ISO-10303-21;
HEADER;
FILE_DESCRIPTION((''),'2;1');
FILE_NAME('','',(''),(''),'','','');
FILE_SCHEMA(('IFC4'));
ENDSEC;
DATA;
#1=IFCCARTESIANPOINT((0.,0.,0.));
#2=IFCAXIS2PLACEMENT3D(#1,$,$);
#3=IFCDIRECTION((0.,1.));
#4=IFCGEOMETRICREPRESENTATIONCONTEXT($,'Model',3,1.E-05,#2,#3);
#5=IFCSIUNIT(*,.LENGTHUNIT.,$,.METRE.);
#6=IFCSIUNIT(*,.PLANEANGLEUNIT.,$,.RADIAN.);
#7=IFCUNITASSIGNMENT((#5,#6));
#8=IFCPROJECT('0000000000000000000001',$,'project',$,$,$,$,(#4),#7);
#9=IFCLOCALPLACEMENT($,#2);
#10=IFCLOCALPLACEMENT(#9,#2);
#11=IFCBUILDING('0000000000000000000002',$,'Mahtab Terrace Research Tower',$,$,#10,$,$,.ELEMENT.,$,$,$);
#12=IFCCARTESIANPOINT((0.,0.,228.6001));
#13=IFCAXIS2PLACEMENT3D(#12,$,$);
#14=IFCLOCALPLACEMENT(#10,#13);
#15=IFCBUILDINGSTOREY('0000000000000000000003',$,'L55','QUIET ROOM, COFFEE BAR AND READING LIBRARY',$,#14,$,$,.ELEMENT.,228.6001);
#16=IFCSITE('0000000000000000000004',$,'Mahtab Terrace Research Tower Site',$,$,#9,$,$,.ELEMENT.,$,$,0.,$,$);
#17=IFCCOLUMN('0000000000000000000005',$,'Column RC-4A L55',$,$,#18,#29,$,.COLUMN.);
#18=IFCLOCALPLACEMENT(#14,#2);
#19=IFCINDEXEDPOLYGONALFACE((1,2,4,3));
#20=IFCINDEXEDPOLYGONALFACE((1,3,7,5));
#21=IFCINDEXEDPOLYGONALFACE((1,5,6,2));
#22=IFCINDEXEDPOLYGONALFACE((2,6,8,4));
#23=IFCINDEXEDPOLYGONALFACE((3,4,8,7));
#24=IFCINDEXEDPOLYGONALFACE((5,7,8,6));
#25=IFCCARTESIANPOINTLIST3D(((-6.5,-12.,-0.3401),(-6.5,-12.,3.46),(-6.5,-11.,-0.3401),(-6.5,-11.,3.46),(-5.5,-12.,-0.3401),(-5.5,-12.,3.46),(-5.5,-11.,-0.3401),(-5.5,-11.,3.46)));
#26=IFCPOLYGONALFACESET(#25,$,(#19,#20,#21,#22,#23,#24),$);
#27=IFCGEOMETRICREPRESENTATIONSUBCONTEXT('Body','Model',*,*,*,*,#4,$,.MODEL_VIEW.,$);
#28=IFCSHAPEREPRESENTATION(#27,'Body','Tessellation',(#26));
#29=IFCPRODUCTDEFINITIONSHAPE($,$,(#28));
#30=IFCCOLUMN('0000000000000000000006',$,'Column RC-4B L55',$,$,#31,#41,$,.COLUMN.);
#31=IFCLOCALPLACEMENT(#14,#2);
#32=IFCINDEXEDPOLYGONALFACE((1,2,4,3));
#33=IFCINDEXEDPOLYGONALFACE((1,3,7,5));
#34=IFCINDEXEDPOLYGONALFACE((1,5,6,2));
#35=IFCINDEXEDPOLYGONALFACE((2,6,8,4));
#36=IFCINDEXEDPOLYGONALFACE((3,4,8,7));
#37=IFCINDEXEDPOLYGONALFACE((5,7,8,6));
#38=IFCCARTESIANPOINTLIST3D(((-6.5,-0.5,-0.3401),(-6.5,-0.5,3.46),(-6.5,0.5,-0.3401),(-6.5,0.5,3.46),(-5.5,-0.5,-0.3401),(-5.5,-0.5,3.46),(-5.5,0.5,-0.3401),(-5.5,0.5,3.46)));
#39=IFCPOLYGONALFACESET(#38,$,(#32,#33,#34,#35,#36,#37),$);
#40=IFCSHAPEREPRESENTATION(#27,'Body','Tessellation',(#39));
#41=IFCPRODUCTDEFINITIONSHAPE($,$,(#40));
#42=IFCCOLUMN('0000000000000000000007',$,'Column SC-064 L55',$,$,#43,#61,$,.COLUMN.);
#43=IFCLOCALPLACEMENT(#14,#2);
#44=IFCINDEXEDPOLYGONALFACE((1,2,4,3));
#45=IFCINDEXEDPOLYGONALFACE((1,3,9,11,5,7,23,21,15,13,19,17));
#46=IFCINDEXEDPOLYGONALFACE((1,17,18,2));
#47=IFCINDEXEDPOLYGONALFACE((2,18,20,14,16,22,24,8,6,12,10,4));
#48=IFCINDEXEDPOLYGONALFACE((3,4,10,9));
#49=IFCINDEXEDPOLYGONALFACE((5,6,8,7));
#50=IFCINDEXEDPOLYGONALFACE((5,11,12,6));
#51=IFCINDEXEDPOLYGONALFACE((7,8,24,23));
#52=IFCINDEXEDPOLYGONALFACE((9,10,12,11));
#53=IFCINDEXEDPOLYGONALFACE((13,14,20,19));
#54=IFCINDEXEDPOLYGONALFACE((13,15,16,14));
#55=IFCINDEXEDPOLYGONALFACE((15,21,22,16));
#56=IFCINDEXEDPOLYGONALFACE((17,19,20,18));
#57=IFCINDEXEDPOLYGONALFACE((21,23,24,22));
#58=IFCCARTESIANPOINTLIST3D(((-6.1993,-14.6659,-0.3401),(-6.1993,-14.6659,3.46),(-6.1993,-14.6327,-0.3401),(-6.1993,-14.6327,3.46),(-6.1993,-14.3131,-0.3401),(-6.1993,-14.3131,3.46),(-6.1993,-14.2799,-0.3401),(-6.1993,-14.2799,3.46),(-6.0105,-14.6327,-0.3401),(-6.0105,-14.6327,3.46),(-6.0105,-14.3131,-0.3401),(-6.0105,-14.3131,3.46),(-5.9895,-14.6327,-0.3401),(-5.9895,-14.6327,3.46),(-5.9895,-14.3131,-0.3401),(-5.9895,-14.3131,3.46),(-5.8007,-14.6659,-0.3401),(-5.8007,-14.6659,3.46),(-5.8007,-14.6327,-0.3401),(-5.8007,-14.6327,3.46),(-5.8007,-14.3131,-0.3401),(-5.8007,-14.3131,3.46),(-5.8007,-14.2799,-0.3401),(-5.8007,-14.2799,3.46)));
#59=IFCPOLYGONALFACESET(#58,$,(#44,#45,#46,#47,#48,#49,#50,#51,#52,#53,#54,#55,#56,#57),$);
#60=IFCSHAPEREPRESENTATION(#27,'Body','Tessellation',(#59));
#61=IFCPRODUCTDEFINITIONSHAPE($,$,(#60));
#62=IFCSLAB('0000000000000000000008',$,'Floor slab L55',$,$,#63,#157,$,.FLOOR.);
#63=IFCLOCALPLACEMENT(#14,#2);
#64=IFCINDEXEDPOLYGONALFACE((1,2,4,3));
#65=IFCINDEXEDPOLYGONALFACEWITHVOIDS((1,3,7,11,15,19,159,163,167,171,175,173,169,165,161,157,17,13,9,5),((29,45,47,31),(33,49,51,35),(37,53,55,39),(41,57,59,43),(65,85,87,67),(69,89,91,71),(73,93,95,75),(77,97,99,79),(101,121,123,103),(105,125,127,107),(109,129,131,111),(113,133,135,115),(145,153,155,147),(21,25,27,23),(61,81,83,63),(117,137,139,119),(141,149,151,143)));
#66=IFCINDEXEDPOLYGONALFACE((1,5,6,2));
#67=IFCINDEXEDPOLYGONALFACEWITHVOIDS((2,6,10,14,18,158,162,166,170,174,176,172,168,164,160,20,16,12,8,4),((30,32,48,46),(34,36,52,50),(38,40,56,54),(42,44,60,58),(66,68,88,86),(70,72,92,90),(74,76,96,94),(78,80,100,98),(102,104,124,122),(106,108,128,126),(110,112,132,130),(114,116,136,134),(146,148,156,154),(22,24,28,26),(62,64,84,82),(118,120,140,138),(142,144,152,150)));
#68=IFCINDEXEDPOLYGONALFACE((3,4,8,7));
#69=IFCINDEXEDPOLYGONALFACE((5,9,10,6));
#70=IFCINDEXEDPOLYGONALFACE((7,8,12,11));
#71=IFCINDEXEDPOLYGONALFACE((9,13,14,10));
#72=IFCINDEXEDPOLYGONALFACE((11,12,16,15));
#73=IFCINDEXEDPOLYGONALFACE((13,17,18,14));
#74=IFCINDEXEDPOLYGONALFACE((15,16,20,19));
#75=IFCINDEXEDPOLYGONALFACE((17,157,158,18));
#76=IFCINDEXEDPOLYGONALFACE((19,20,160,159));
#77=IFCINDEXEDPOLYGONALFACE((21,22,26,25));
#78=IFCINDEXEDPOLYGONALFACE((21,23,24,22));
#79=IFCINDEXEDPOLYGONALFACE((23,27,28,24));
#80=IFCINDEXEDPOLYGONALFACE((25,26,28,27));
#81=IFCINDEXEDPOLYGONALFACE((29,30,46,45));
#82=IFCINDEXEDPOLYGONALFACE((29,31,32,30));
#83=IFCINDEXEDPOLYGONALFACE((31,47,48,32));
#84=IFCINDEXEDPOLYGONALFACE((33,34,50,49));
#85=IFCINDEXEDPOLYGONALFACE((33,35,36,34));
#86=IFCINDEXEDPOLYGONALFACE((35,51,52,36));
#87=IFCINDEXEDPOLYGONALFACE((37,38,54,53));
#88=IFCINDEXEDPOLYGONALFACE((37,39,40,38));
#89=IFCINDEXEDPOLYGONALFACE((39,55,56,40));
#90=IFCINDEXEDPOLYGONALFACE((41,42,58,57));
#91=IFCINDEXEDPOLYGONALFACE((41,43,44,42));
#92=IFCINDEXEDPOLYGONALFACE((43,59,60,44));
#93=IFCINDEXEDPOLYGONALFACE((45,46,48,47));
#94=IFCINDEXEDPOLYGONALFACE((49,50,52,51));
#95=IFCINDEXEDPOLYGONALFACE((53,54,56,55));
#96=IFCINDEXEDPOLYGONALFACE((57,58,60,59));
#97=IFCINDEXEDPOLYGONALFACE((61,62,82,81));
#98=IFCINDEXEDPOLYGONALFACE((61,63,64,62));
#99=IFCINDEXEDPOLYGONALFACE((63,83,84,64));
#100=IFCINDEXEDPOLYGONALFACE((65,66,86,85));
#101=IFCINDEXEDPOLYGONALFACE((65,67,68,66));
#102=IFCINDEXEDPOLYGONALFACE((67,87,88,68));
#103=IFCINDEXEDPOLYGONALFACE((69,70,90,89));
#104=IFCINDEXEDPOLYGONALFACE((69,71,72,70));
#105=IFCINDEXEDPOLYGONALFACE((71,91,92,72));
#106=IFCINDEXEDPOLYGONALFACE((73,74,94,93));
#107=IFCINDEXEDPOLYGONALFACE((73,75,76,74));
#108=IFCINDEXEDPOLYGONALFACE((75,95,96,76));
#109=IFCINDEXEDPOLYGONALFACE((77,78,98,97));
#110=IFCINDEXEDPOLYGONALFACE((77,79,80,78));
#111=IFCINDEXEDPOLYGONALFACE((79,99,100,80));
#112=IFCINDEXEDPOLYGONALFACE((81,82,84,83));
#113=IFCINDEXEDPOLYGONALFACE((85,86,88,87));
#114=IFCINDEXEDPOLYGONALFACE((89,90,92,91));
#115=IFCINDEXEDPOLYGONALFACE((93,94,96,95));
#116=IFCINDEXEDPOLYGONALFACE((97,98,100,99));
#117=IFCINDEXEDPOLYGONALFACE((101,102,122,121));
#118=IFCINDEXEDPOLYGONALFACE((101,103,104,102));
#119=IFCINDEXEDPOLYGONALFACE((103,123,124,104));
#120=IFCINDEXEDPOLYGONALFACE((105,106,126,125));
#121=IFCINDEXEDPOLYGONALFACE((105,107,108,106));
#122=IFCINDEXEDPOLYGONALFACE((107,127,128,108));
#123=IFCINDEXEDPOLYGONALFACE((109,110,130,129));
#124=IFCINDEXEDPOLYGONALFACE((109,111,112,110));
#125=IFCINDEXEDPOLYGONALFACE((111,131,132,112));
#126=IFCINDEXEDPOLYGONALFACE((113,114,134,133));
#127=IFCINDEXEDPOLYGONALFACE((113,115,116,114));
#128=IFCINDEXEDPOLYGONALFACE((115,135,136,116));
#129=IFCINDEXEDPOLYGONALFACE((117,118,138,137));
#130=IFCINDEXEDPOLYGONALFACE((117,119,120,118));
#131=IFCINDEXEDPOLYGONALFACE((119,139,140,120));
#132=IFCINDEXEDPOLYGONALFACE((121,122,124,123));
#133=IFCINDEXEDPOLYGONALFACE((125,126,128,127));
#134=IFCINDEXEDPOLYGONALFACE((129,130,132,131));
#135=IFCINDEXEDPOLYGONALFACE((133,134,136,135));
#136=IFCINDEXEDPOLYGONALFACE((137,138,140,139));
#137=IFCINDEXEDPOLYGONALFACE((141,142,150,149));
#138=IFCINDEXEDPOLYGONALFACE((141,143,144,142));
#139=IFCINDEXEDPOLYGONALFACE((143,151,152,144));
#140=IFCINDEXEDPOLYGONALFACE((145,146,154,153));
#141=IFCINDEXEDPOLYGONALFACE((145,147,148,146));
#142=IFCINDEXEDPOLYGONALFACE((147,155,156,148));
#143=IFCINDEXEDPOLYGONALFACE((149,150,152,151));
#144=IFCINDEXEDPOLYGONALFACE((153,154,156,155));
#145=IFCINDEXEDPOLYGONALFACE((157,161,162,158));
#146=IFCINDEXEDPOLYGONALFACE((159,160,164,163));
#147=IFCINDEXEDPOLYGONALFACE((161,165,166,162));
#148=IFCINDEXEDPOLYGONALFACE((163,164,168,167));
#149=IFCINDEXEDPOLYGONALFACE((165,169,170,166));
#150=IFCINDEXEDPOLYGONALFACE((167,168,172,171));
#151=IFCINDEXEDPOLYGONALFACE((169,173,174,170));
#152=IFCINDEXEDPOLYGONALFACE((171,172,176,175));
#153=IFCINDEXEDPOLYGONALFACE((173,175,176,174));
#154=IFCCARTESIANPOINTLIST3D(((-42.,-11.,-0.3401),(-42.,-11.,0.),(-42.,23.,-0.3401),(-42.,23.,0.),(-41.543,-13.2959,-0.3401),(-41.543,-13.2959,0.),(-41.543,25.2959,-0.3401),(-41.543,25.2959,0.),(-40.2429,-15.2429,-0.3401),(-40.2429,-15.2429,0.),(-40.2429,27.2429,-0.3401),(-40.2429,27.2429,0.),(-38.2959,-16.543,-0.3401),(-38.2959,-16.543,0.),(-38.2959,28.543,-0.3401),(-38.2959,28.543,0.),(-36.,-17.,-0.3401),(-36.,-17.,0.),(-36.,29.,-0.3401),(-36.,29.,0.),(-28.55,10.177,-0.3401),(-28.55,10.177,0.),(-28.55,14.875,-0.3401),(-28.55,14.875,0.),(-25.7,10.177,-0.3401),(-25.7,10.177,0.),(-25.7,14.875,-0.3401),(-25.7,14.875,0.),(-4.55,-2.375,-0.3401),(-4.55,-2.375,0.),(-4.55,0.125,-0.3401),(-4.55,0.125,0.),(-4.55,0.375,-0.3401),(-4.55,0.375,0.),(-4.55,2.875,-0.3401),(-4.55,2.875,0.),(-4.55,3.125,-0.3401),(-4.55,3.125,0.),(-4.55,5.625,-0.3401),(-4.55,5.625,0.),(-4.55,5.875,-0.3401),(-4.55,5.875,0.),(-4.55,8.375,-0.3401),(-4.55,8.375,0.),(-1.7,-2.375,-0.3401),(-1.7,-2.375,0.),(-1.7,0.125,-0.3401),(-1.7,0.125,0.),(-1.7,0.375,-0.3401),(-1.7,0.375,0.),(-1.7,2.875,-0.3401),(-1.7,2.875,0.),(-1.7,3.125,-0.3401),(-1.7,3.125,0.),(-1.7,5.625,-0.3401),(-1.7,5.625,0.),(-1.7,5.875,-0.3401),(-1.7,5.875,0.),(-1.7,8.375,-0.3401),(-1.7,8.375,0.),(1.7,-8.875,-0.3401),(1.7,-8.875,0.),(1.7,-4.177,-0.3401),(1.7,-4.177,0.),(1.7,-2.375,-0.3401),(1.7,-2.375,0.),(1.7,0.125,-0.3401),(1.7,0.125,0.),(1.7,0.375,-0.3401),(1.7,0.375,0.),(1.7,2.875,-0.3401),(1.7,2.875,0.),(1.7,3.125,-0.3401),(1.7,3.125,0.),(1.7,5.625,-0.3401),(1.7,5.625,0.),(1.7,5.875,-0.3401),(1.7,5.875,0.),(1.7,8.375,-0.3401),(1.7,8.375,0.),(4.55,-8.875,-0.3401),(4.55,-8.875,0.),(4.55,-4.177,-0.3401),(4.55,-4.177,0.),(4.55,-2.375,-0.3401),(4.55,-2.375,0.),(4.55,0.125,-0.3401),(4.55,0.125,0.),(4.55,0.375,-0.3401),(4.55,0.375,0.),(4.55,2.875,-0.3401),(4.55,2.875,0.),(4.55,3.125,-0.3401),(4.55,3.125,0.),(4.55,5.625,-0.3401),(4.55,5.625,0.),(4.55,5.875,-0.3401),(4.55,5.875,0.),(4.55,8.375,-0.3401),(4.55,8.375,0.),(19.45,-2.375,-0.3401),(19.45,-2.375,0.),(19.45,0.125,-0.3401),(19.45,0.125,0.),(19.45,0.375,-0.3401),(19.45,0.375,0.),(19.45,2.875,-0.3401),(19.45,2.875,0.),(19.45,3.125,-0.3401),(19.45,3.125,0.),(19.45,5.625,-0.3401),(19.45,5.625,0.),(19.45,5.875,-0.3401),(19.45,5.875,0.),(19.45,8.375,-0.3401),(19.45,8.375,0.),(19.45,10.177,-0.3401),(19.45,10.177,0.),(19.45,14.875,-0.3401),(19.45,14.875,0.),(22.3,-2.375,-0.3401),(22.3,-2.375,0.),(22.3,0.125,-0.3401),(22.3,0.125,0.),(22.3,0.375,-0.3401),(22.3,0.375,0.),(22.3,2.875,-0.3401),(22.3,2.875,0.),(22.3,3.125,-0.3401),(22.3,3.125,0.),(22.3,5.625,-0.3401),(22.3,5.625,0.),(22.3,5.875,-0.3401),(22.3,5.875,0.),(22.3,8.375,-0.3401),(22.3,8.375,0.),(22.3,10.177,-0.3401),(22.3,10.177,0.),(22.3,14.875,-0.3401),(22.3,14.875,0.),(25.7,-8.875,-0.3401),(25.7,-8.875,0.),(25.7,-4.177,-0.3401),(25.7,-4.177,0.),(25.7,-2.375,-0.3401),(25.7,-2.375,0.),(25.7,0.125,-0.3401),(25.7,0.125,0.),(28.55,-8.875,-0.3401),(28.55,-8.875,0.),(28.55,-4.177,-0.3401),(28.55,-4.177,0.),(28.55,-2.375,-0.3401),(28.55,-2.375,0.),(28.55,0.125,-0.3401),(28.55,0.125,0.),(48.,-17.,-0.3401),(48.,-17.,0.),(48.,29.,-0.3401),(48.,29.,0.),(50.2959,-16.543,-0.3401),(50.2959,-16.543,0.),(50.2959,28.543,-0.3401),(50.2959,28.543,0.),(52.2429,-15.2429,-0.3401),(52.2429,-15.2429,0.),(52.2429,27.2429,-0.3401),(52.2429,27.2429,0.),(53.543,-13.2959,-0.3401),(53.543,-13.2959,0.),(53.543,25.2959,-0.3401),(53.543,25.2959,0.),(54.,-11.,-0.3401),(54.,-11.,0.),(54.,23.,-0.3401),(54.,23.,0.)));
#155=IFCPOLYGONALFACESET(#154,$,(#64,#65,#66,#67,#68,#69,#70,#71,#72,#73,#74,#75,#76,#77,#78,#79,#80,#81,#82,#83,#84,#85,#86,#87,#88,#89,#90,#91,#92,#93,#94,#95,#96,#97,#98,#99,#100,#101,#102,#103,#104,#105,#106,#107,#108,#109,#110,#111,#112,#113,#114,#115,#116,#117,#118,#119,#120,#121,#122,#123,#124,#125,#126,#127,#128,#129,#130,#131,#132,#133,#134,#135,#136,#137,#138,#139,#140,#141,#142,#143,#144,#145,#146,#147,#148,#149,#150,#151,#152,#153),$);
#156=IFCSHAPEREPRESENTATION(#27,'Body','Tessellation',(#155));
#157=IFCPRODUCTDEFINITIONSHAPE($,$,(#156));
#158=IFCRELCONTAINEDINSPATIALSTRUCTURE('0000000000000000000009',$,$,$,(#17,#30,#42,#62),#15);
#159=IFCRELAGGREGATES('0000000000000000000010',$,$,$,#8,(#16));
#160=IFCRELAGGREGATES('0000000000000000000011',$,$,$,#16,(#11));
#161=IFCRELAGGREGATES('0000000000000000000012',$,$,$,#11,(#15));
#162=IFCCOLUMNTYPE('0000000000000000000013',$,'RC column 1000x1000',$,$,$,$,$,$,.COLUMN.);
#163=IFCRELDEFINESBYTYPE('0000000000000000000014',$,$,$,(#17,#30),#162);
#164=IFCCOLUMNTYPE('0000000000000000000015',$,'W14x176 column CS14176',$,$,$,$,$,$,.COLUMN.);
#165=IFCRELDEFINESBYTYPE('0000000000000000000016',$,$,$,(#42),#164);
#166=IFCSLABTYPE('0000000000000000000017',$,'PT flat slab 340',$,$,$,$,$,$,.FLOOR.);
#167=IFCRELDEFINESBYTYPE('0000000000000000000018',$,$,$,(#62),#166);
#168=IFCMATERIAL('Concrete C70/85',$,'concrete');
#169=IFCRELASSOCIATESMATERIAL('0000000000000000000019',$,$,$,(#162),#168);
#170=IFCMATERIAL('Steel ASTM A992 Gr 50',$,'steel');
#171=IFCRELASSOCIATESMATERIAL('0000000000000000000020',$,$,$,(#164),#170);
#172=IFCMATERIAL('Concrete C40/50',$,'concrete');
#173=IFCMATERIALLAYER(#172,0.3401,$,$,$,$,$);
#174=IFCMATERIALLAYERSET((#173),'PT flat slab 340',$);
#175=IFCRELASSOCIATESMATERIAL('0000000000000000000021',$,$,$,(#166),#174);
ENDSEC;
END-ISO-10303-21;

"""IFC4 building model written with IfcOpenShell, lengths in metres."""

from ifc_helpers import new_model, si_unit, direction, frame, origin, origin_2d, place, context, subcontext, project, spatial, polyline, rectangle, i_section, outline, extrude, material, layer, layer_set, material_profile, profile_set, type_object, element, save


model = new_model("IFC4")

# Units and contexts
model_context = context("Model", 3, precision=1e-05, world=origin(), true_north=direction((0.0, 1.0)))
body_context = subcontext(model_context, "Body", "Model", "MODEL_VIEW")
ifc_project = project(units=[si_unit("LENGTHUNIT", "METRE"), si_unit("PLANEANGLEUNIT", "RADIAN")], contexts=[model_context])

# Site, building, storey
site_placement = place(None, origin())
site = spatial("IfcSite", under=ifc_project, at=site_placement, Name="Mahtab Terrace Research Tower Site", CompositionType="ELEMENT", RefElevation=0.0)
building_placement = place(site_placement, origin())
building = spatial("IfcBuilding", under=site, at=building_placement, Name="Mahtab Terrace Research Tower", CompositionType="ELEMENT")
storey_placement = place(building_placement, frame((0.0, 0.0, 228.6001)))
storey = spatial("IfcBuildingStorey", under=building, at=storey_placement, Name="L55", Description="QUIET ROOM, COFFEE BAR AND READING LIBRARY", CompositionType="ELEMENT", Elevation=228.6001)

# Columns
ifc_material_1 = material(Name="Concrete C70/85", Category="concrete")
ifc_material_profile_1 = material_profile(ifc_material_1, rectangle(XDim=1.0, YDim=1.0, at=origin_2d()), Name="RC column 1000x1000")
ifc_profile_set_1 = profile_set([ifc_material_profile_1], Name="Concrete C70/85")
column_type_1 = type_object("IfcColumnType", Name="RC column 1000x1000", PredefinedType="COLUMN", material=ifc_profile_set_1)
for number, where, z_axis, x_axis, name in (
    (1, (-6.0, -11.5, -0.3401), (0.0, 0.0, 1.0), (1.0, 0.0, 0.0), "Column RC-4A L55"),
    (2, (-6.0, 0.0, -0.3401), (0.0, 0.0, 1.0), (1.0, 0.0, 0.0), "Column RC-4B L55"),
):
    element("IfcColumn", number, at=place(storey_placement, frame(where, z_axis=z_axis, x_axis=x_axis)), inside=storey, type_object=column_type_1, Name=name, PredefinedType="COLUMN", context=body_context, shape_type="SweptSolid", body=[
        extrude(rectangle(XDim=1.0, YDim=1.0, at=origin_2d()), origin(), (0.0, 0.0, 1.0), 3.8),
    ])
ifc_material_2 = material(Name="Steel ASTM A992 Gr 50", Category="steel")
ifc_material_profile_2 = material_profile(ifc_material_2, i_section(OverallWidth=0.3987, OverallDepth=0.386, WebThickness=0.021, FlangeThickness=0.0332, at=origin_2d()), Name="W14X176")
ifc_profile_set_2 = profile_set([ifc_material_profile_2], Name="Steel ASTM A992 Gr 50")
column_type_2 = type_object("IfcColumnType", Name="W14x176 column CS14176", PredefinedType="COLUMN", material=ifc_profile_set_2)
column_placement = place(storey_placement, frame((-6.0, -14.4729, -0.3401), z_axis=(0.0, 0.0, 1.0), x_axis=(1.0, 0.0, 0.0)))
element("IfcColumn", 3, at=column_placement, inside=storey, type_object=column_type_2, Name="Column SC-064 L55", PredefinedType="COLUMN", context=body_context, shape_type="SweptSolid", body=[
    extrude(i_section(OverallWidth=0.3987, OverallDepth=0.386, WebThickness=0.021, FlangeThickness=0.0332, at=origin_2d()), origin(), (0.0, 0.0, 1.0), 3.8),
])

# Slab
ifc_material_3 = material(Name="Concrete C40/50", Category="concrete")
ifc_layer_1 = layer(ifc_material_3, 0.3401)
ifc_layer_set_1 = layer_set([ifc_layer_1], Name="PT flat slab 340")
slab_type_1 = type_object("IfcSlabType", Name="PT flat slab 340", PredefinedType="FLOOR", material=ifc_layer_set_1)
slab_1_placement = place(storey_placement, frame((0.0, 0.0, -0.3401)))
element("IfcSlab", 4, at=slab_1_placement, inside=storey, type_object=slab_type_1, Name="Floor slab L55", PredefinedType="FLOOR", context=body_context, shape_type="SweptSolid", body=[
    extrude(outline(polyline([(53.543, 25.2959), (52.2429, 27.2429), (50.2959, 28.543), (48.0, 29.0), (-36.0, 29.0), (-38.2959, 28.543), (-40.2429, 27.2429), (-41.543, 25.2959), (-42.0, 23.0), (-42.0, -11.0), (-41.543, -13.2959), (-40.2429, -15.2429), (-38.2959, -16.543), (-36.0, -17.0), (48.0, -17.0), (50.2959, -16.543), (52.2429, -15.2429), (53.543, -13.2959), (54.0, -11.0), (54.0, 23.0), (53.543, 25.2959)]), holes=[polyline([(-4.55, -2.375), (-4.55, 0.125), (-1.7, 0.125), (-1.7, -2.375), (-4.55, -2.375)]), polyline([(1.7, -2.375), (1.7, 0.125), (4.55, 0.125), (4.55, -2.375), (1.7, -2.375)]), polyline([(-4.55, 0.375), (-4.55, 2.875), (-1.7, 2.875), (-1.7, 0.375), (-4.55, 0.375)]), polyline([(1.7, 0.375), (1.7, 2.875), (4.55, 2.875), (4.55, 0.375), (1.7, 0.375)]), polyline([(-4.55, 3.125), (-4.55, 5.625), (-1.7, 5.625), (-1.7, 3.125), (-4.55, 3.125)]), polyline([(1.7, 3.125), (1.7, 5.625), (4.55, 5.625), (4.55, 3.125), (1.7, 3.125)]), polyline([(-4.55, 5.875), (-4.55, 8.375), (-1.7, 8.375), (-1.7, 5.875), (-4.55, 5.875)]), polyline([(1.7, 5.875), (1.7, 8.375), (4.55, 8.375), (4.55, 5.875), (1.7, 5.875)]), polyline([(-28.55, 10.177), (-28.55, 14.875), (-25.7, 14.875), (-25.7, 10.177), (-28.55, 10.177)]), polyline([(1.7, -8.875), (1.7, -4.177), (4.55, -4.177), (4.55, -8.875), (1.7, -8.875)]), polyline([(25.7, -8.875), (25.7, -4.177), (28.55, -4.177), (28.55, -8.875), (25.7, -8.875)]), polyline([(19.45, -2.375), (19.45, 0.125), (22.3, 0.125), (22.3, -2.375), (19.45, -2.375)]), polyline([(25.7, -2.375), (25.7, 0.125), (28.55, 0.125), (28.55, -2.375), (25.7, -2.375)]), polyline([(19.45, 0.375), (19.45, 2.875), (22.3, 2.875), (22.3, 0.375), (19.45, 0.375)]), polyline([(19.45, 3.125), (19.45, 5.625), (22.3, 5.625), (22.3, 3.125), (19.45, 3.125)]), polyline([(19.45, 8.375), (22.3, 8.375), (22.3, 5.875), (19.45, 5.875), (19.45, 8.375)]), polyline([(19.45, 14.875), (22.3, 14.875), (22.3, 10.177), (19.45, 10.177), (19.45, 14.875)])]), origin(), (0.0, 0.0, 1.0), 0.3401),
])

save(model, "model.ifc")
